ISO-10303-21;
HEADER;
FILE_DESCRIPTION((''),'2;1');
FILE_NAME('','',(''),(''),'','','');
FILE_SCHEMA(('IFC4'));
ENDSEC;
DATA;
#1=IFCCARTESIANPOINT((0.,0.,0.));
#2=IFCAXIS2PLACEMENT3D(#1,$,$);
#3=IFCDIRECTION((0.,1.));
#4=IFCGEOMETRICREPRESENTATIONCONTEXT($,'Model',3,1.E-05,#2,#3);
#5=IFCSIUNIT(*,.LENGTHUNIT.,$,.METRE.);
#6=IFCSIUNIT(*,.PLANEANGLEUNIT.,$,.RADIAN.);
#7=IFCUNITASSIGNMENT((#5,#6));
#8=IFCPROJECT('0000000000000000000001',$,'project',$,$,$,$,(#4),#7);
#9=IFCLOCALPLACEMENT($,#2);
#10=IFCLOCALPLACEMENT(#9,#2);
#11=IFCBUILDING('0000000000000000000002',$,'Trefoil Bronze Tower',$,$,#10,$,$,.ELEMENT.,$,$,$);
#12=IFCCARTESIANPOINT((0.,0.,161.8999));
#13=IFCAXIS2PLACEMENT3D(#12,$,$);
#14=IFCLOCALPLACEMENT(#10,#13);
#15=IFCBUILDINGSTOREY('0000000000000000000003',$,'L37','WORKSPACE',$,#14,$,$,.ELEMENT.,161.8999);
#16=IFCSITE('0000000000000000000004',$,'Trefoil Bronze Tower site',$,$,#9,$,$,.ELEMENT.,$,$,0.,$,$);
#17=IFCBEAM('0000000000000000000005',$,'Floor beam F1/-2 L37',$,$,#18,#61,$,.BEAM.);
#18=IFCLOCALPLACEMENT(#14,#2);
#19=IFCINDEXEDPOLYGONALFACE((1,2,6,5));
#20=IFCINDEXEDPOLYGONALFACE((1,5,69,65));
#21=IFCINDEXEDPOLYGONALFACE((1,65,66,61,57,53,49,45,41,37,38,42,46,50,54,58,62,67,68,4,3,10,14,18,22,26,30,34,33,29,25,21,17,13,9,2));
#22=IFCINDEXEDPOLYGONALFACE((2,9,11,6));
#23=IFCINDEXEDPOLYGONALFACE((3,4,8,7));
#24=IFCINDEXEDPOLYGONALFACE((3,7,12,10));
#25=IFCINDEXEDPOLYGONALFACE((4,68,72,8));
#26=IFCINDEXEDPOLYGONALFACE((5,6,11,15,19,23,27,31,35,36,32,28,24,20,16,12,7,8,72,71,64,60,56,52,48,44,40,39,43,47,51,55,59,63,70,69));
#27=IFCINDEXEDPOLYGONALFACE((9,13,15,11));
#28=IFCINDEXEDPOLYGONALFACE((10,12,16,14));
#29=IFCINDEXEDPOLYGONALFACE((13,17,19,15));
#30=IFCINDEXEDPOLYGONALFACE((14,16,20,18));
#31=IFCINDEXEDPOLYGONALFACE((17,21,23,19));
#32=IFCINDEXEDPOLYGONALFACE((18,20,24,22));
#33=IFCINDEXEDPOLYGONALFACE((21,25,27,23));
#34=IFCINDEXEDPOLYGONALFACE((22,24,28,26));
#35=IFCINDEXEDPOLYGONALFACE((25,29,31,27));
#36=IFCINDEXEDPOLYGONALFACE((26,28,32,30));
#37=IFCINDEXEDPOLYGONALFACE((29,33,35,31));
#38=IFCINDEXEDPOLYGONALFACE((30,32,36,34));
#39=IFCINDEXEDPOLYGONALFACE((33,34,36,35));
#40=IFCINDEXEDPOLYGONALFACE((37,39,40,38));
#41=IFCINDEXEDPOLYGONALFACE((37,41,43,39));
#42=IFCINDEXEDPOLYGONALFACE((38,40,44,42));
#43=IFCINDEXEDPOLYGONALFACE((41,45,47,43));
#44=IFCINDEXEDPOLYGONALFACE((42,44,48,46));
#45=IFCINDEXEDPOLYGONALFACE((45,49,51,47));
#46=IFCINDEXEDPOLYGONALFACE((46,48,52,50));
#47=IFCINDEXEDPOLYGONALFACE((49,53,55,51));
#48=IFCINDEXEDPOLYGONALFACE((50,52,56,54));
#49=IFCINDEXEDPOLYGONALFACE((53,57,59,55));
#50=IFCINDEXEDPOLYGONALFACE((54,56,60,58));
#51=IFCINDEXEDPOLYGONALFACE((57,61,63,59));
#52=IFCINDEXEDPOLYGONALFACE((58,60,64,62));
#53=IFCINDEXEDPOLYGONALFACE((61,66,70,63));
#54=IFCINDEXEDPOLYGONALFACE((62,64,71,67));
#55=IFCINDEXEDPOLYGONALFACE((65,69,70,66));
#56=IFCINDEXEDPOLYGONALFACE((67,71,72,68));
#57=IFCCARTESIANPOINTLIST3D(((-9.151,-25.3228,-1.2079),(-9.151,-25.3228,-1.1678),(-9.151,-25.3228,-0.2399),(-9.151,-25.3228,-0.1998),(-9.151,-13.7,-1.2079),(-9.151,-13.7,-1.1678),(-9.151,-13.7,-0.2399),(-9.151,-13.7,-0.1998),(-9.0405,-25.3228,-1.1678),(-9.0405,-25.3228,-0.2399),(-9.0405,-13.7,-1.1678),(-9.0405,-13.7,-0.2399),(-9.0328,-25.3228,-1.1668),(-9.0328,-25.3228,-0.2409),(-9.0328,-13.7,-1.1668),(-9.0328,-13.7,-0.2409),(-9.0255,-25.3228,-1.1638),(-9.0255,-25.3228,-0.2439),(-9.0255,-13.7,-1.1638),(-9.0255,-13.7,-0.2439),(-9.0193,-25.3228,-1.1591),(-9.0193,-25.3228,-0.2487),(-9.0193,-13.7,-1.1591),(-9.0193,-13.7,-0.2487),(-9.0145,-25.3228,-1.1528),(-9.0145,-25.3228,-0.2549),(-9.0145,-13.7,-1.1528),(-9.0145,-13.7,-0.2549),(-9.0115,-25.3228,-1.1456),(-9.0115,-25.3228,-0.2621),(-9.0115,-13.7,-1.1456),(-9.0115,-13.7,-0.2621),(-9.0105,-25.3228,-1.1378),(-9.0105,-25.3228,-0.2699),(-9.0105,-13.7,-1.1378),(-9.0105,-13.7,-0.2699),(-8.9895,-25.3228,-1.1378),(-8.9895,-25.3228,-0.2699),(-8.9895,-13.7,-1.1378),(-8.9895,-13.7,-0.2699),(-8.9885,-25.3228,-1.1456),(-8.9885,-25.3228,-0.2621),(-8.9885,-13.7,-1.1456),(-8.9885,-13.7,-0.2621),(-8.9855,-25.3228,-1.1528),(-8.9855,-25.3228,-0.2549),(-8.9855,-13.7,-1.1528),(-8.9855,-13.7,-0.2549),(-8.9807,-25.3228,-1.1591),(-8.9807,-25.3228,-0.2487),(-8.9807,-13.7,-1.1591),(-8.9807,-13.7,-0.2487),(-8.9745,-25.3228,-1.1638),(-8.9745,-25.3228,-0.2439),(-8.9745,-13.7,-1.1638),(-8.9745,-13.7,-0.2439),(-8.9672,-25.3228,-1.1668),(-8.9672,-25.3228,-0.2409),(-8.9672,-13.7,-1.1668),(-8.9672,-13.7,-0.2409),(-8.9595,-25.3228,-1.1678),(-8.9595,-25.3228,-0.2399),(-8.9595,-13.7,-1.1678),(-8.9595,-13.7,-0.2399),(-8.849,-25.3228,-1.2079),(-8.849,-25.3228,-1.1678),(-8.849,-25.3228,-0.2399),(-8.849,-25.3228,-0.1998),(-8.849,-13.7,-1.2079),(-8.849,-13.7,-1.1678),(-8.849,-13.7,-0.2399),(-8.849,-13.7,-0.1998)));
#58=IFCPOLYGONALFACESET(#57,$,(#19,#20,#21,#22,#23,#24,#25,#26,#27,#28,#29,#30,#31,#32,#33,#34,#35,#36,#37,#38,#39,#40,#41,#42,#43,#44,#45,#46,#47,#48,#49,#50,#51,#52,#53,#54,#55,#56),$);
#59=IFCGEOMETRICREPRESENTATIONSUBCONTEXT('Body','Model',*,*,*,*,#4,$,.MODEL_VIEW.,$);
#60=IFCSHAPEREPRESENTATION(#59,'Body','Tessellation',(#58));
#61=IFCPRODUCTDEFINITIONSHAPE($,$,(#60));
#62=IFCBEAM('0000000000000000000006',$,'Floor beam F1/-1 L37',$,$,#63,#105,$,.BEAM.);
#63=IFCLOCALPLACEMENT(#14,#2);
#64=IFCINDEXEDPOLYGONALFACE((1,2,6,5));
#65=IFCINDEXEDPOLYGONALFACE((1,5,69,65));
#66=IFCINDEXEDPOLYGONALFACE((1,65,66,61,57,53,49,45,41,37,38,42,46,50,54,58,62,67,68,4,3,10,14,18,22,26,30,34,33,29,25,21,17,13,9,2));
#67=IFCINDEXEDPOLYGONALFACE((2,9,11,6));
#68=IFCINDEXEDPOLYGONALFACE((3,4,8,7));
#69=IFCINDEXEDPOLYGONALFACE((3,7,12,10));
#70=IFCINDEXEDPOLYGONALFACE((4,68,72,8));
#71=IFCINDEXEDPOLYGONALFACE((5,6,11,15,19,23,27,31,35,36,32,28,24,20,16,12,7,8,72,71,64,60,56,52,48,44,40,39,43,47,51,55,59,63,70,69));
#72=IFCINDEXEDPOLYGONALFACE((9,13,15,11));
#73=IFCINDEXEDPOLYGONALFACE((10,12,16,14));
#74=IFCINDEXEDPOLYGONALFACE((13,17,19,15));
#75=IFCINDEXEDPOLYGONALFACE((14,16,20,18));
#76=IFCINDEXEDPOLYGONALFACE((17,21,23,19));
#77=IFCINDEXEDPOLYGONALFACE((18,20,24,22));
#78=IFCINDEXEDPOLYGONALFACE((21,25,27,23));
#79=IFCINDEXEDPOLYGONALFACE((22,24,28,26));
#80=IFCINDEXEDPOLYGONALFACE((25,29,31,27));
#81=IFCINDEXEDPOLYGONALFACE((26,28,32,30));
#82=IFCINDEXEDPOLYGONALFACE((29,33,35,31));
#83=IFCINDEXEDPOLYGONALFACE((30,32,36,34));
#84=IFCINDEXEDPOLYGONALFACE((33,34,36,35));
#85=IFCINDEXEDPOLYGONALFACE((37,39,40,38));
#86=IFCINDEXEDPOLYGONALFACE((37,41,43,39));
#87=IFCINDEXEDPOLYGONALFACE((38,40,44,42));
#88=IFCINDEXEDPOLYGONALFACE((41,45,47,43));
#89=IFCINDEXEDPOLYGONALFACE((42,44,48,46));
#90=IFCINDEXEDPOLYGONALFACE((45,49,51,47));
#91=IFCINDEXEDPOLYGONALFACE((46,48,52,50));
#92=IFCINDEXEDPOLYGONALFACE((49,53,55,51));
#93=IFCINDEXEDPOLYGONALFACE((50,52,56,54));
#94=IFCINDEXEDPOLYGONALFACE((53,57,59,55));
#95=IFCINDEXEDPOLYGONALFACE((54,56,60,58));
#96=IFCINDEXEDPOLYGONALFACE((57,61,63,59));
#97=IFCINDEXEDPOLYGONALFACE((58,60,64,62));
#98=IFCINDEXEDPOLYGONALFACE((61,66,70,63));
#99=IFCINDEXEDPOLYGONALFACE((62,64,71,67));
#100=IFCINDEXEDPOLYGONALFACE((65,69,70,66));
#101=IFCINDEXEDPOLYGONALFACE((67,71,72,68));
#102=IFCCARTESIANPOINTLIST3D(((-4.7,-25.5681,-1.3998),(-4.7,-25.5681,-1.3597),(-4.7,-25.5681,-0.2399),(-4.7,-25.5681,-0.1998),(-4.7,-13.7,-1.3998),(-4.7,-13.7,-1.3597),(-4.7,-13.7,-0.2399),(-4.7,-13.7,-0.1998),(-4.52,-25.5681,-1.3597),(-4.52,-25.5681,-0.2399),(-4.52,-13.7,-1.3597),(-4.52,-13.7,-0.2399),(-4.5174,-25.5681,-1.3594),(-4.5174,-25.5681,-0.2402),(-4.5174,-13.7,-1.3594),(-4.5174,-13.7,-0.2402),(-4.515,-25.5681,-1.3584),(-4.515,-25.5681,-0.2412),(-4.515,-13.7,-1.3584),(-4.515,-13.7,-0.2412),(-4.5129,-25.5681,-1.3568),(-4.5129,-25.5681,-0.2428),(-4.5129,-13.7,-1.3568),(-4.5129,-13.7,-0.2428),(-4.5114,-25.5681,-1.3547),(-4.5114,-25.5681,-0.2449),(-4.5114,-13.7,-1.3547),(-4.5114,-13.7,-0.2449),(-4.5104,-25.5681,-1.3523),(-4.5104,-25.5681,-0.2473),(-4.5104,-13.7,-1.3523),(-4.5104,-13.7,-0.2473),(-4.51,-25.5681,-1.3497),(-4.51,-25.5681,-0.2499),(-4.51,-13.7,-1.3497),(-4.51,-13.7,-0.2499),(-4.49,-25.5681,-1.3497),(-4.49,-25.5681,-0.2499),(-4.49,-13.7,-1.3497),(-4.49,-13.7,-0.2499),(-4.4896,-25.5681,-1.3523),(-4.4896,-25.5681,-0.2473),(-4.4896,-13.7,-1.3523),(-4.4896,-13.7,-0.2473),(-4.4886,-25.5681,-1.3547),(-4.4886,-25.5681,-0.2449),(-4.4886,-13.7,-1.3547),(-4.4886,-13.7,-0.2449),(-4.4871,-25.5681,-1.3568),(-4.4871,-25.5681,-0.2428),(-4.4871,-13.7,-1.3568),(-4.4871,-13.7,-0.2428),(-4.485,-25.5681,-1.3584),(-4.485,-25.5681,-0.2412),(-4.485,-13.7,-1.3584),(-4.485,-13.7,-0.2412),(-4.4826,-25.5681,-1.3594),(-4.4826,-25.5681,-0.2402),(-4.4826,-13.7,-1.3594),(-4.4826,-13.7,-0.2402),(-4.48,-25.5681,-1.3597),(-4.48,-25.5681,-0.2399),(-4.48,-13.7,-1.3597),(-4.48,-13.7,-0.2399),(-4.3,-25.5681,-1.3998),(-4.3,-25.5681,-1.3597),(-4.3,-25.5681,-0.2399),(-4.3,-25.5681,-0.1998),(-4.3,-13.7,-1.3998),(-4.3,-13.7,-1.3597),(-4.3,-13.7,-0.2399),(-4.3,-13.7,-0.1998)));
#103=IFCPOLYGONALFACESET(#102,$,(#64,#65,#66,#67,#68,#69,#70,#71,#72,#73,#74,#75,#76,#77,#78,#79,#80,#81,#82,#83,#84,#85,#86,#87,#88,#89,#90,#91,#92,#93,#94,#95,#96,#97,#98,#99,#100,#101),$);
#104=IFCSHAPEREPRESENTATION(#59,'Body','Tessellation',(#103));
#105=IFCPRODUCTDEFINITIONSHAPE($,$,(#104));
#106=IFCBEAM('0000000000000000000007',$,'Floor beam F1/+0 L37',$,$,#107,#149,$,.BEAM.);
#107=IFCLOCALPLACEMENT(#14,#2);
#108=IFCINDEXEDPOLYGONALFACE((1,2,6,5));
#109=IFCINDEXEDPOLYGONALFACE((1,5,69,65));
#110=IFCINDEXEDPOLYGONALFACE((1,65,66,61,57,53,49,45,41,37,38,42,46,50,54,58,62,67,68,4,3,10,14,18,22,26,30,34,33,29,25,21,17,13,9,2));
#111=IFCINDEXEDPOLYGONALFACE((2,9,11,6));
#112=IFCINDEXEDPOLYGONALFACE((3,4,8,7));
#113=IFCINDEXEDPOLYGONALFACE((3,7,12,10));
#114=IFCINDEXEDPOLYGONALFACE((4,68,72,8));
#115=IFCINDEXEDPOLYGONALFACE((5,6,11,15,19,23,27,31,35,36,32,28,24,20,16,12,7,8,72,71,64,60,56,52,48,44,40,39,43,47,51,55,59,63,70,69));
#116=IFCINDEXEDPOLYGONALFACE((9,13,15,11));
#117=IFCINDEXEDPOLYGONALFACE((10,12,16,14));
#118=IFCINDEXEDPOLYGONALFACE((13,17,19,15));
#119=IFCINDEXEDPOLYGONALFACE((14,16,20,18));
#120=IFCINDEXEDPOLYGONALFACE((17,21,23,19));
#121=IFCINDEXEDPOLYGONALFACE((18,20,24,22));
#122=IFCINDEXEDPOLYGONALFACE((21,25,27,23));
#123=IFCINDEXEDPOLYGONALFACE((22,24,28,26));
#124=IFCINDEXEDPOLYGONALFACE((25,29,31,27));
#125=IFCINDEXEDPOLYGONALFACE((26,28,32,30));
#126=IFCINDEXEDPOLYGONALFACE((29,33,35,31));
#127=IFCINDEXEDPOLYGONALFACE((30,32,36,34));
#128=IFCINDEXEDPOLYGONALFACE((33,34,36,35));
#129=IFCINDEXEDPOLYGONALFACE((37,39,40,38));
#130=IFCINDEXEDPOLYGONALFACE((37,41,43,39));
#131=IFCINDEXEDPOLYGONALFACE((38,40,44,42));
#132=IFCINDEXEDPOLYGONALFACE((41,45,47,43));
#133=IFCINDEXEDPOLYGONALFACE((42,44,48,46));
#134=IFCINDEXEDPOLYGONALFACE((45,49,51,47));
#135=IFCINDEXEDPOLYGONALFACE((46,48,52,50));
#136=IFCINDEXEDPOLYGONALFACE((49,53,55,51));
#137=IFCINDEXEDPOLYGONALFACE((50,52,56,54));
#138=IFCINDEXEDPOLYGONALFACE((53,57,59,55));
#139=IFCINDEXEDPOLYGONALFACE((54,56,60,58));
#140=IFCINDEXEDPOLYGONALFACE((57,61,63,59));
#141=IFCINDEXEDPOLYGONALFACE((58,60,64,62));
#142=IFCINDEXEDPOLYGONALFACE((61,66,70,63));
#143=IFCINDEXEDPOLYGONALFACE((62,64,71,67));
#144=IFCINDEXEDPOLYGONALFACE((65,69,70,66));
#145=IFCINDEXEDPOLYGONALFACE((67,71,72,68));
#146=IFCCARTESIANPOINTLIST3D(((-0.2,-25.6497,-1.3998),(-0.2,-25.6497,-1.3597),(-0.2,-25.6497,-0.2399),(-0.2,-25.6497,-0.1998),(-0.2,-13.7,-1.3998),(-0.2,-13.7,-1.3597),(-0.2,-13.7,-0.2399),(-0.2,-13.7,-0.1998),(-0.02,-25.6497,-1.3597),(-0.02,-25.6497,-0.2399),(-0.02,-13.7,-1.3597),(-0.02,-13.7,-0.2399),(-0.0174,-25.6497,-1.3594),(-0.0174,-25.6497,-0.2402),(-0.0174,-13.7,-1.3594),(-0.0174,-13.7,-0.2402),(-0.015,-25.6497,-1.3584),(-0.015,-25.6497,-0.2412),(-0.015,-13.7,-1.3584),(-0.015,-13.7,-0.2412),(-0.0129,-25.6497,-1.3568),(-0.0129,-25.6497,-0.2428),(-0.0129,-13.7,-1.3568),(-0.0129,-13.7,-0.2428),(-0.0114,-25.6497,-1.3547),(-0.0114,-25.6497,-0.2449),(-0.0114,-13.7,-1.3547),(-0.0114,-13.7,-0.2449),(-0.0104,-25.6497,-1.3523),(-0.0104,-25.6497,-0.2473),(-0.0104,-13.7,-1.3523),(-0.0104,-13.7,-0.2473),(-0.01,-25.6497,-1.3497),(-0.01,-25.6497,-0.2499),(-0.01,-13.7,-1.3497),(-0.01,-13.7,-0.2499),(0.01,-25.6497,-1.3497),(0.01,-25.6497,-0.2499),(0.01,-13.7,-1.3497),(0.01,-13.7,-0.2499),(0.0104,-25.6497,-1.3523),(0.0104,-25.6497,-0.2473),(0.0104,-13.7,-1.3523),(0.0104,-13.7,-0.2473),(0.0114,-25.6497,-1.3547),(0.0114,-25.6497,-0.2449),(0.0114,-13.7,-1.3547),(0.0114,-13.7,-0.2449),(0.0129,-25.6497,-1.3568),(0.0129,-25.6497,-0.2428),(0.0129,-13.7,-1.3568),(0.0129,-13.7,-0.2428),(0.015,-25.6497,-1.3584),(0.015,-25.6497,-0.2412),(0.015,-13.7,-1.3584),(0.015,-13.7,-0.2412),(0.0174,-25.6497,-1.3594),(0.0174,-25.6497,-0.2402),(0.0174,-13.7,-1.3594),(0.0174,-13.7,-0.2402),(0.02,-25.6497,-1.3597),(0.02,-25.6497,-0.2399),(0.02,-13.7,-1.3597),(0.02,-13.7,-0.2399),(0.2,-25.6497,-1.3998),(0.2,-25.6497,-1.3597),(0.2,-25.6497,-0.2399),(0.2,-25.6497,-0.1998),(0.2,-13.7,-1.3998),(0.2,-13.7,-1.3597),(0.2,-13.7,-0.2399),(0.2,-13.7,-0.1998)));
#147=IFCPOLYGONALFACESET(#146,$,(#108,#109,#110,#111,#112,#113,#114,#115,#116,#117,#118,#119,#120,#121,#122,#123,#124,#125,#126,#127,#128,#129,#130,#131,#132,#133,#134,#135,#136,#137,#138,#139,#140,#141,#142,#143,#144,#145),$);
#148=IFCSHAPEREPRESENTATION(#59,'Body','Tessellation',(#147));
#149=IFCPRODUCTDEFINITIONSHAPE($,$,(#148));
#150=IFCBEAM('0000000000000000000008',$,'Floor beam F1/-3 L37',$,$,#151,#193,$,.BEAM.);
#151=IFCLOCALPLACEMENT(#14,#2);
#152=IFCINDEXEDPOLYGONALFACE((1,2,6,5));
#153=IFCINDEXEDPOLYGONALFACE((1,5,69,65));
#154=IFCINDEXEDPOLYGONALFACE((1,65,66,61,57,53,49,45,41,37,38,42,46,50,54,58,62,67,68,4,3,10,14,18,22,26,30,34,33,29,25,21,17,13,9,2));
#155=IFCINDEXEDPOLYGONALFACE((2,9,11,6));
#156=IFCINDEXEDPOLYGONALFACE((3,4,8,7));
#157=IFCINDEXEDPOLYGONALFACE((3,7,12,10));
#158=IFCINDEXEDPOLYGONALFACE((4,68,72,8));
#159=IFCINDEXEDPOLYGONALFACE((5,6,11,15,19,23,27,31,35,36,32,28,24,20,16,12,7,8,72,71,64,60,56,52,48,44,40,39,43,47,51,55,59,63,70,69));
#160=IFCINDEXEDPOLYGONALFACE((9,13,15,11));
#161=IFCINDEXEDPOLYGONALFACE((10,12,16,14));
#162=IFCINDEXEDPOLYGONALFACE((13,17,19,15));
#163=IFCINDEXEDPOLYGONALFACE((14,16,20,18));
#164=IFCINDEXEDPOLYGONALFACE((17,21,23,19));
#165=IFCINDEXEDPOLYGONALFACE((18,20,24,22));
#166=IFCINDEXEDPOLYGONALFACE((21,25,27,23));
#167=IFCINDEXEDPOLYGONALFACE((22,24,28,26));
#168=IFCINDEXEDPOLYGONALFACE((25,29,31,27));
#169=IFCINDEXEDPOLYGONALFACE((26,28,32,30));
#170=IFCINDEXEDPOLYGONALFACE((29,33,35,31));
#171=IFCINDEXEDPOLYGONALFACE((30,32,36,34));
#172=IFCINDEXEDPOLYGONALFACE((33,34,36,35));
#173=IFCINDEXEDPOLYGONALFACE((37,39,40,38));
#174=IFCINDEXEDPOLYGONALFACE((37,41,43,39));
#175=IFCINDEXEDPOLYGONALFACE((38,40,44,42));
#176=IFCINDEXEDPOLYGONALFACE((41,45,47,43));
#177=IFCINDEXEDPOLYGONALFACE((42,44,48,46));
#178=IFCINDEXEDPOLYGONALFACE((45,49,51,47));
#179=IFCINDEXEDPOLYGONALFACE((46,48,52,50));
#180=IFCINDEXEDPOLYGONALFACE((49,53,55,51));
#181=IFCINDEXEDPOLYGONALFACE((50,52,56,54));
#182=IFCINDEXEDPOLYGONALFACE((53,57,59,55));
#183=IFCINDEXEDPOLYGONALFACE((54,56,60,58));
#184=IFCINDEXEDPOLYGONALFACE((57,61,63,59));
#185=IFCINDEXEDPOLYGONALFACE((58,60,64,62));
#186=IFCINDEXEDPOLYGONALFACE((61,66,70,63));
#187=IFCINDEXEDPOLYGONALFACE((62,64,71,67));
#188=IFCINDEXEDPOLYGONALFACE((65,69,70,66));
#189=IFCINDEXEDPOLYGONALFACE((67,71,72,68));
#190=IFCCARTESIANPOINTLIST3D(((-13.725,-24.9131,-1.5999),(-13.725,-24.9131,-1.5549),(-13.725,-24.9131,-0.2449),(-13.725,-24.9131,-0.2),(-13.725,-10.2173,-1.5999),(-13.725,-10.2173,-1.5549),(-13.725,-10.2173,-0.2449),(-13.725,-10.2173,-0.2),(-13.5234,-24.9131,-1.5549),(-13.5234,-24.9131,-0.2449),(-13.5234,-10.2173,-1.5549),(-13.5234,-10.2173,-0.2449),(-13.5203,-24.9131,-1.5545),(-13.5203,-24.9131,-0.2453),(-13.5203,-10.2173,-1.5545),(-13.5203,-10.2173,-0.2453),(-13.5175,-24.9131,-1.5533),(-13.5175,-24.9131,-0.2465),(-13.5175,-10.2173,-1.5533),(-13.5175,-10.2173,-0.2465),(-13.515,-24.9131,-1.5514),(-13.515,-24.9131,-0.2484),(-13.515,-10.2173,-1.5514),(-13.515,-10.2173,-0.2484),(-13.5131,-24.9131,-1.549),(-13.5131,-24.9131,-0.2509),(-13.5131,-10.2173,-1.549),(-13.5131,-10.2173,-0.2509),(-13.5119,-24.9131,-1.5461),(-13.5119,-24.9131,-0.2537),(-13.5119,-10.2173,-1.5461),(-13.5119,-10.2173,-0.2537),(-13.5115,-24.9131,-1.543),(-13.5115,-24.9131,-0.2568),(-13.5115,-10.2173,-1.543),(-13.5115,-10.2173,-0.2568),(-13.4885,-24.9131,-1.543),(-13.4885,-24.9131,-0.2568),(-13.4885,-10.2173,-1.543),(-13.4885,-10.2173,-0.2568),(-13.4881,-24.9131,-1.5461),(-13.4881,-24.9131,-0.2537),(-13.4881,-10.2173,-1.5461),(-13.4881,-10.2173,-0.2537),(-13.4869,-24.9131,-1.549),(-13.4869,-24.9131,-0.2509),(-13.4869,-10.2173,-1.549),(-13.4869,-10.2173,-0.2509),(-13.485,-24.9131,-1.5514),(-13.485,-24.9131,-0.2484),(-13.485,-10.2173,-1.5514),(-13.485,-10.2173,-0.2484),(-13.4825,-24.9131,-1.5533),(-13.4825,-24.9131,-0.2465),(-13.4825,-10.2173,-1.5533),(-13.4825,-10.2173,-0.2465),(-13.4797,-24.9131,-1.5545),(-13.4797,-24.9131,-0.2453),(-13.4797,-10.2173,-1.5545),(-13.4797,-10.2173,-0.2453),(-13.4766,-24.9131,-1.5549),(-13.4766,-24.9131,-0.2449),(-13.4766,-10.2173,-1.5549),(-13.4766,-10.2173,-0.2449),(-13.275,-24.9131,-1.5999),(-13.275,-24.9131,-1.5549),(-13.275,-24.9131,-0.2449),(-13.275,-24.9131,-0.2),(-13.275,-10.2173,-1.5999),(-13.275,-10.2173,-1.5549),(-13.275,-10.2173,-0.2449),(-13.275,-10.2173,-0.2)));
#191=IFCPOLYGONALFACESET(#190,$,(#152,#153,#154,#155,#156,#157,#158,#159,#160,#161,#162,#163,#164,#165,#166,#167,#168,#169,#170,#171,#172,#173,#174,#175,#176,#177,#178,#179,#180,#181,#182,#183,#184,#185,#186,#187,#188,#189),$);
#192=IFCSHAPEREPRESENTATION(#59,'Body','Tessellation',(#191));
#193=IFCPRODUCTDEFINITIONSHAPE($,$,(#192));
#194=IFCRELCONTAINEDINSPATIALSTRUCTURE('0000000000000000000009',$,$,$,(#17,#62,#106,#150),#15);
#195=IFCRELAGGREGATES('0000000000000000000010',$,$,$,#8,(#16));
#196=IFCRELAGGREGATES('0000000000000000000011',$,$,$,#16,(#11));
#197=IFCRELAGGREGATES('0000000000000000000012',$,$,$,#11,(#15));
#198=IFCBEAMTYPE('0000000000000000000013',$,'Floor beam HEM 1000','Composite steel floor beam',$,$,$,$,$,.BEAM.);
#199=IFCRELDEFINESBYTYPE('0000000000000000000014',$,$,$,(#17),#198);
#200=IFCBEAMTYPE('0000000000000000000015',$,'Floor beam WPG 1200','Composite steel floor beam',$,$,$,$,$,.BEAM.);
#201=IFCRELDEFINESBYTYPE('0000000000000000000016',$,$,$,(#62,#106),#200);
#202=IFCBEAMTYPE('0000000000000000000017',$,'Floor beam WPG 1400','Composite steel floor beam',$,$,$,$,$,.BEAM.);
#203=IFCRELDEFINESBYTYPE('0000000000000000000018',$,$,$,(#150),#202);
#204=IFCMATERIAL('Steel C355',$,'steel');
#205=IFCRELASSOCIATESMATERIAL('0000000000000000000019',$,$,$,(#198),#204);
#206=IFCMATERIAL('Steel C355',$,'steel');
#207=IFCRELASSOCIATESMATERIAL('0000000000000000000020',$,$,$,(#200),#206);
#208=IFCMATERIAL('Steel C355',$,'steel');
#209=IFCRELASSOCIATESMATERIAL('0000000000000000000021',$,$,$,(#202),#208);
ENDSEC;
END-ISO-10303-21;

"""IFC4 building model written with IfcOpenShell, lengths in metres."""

from ifc_helpers import new_model, si_unit, direction, frame, origin, origin_2d, place, context, subcontext, project, spatial, i_section, extrude, material, material_profile, profile_set, type_object, element, save


model = new_model("IFC4")

# Units and contexts
model_context = context("Model", 3, precision=1e-05, world=origin(), true_north=direction((0.0, 1.0)))
body_context = subcontext(model_context, "Body", "Model", "MODEL_VIEW")
ifc_project = project(units=[si_unit("LENGTHUNIT", "METRE"), si_unit("PLANEANGLEUNIT", "RADIAN")], contexts=[model_context])

# Site, building, storey
site_placement = place(None, origin())
site = spatial("IfcSite", under=ifc_project, at=site_placement, Name="Trefoil Bronze Tower site", CompositionType="ELEMENT", RefElevation=0.0)
building_placement = place(site_placement, origin())
building = spatial("IfcBuilding", under=site, at=building_placement, Name="Trefoil Bronze Tower", CompositionType="ELEMENT")
storey_placement = place(building_placement, frame((0.0, 0.0, 161.8999)))
storey = spatial("IfcBuildingStorey", under=building, at=storey_placement, Name="L37", Description="WORKSPACE", CompositionType="ELEMENT", Elevation=161.8999)

# Beams
ifc_material_1 = material(Name="Steel C355", Category="steel")
ifc_material_profile_1 = material_profile(ifc_material_1, i_section(OverallWidth=0.302, OverallDepth=1.0081, WebThickness=0.021, FlangeThickness=0.04, FilletRadius=0.03, at=origin_2d()), Name="HEM 1000")
ifc_profile_set_1 = profile_set([ifc_material_profile_1], Name="Steel C355")
beam_type_1 = type_object("IfcBeamType", Name="Floor beam HEM 1000", Description="Composite steel floor beam", PredefinedType="BEAM", material=ifc_profile_set_1)
beam_1_placement = place(storey_placement, frame((-9.0, -25.3228, -0.7039), z_axis=(0.0, 1.0, 0.0), x_axis=(-1.0, 0.0, 0.0)))
element("IfcBeam", 1, at=beam_1_placement, inside=storey, type_object=beam_type_1, Name="Floor beam F1/-2 L37", PredefinedType="BEAM", context=body_context, shape_type="SweptSolid", body=[
    extrude(i_section(OverallWidth=0.302, OverallDepth=1.0081, WebThickness=0.021, FlangeThickness=0.04, FilletRadius=0.03, at=origin_2d()), origin(), (0.0, 0.0, 1.0), 11.6228),
])
ifc_material_2 = material(Name="Steel C355", Category="steel")
ifc_material_profile_2 = material_profile(ifc_material_2, i_section(OverallWidth=0.3999, OverallDepth=1.2, WebThickness=0.02, FlangeThickness=0.04, FilletRadius=0.01, at=origin_2d()), Name="WPG 1200")
ifc_profile_set_2 = profile_set([ifc_material_profile_2], Name="Steel C355")
beam_type_2 = type_object("IfcBeamType", Name="Floor beam WPG 1200", Description="Composite steel floor beam", PredefinedType="BEAM", material=ifc_profile_set_2)
beam_2_placement = place(storey_placement, frame((-4.5, -25.5681, -0.7998), z_axis=(0.0, 1.0, 0.0), x_axis=(-1.0, 0.0, 0.0)))
element("IfcBeam", 2, at=beam_2_placement, inside=storey, type_object=beam_type_2, Name="Floor beam F1/-1 L37", PredefinedType="BEAM", context=body_context, shape_type="SweptSolid", body=[
    extrude(i_section(OverallWidth=0.3999, OverallDepth=1.2, WebThickness=0.02, FlangeThickness=0.04, FilletRadius=0.01, at=origin_2d()), origin(), (0.0, 0.0, 1.0), 11.8682),
])
beam_3_placement = place(storey_placement, frame((0.0, -25.6497, -0.7998), z_axis=(0.0, 1.0, 0.0), x_axis=(-1.0, 0.0, 0.0)))
element("IfcBeam", 3, at=beam_3_placement, inside=storey, type_object=beam_type_2, Name="Floor beam F1/+0 L37", PredefinedType="BEAM", context=body_context, shape_type="SweptSolid", body=[
    extrude(i_section(OverallWidth=0.3999, OverallDepth=1.2, WebThickness=0.02, FlangeThickness=0.04, FilletRadius=0.01, at=origin_2d()), origin(), (0.0, 0.0, 1.0), 11.9497),
])
ifc_material_3 = material(Name="Steel C355", Category="steel")
ifc_material_profile_3 = material_profile(ifc_material_3, i_section(OverallWidth=0.45, OverallDepth=1.3999, WebThickness=0.0229, FlangeThickness=0.0449, FilletRadius=0.012, at=origin_2d()), Name="WPG 1400")
ifc_profile_set_3 = profile_set([ifc_material_profile_3], Name="Steel C355")
beam_type_3 = type_object("IfcBeamType", Name="Floor beam WPG 1400", Description="Composite steel floor beam", PredefinedType="BEAM", material=ifc_profile_set_3)
beam_4_placement = place(storey_placement, frame((-13.5, -24.9131, -0.8999), z_axis=(0.0, 1.0, 0.0), x_axis=(-1.0, 0.0, 0.0)))
element("IfcBeam", 4, at=beam_4_placement, inside=storey, type_object=beam_type_3, Name="Floor beam F1/-3 L37", PredefinedType="BEAM", context=body_context, shape_type="SweptSolid", body=[
    extrude(i_section(OverallWidth=0.45, OverallDepth=1.3999, WebThickness=0.0229, FlangeThickness=0.0449, FilletRadius=0.012, at=origin_2d()), origin(), (0.0, 0.0, 1.0), 14.6958),
])

save(model, "model.ifc")
